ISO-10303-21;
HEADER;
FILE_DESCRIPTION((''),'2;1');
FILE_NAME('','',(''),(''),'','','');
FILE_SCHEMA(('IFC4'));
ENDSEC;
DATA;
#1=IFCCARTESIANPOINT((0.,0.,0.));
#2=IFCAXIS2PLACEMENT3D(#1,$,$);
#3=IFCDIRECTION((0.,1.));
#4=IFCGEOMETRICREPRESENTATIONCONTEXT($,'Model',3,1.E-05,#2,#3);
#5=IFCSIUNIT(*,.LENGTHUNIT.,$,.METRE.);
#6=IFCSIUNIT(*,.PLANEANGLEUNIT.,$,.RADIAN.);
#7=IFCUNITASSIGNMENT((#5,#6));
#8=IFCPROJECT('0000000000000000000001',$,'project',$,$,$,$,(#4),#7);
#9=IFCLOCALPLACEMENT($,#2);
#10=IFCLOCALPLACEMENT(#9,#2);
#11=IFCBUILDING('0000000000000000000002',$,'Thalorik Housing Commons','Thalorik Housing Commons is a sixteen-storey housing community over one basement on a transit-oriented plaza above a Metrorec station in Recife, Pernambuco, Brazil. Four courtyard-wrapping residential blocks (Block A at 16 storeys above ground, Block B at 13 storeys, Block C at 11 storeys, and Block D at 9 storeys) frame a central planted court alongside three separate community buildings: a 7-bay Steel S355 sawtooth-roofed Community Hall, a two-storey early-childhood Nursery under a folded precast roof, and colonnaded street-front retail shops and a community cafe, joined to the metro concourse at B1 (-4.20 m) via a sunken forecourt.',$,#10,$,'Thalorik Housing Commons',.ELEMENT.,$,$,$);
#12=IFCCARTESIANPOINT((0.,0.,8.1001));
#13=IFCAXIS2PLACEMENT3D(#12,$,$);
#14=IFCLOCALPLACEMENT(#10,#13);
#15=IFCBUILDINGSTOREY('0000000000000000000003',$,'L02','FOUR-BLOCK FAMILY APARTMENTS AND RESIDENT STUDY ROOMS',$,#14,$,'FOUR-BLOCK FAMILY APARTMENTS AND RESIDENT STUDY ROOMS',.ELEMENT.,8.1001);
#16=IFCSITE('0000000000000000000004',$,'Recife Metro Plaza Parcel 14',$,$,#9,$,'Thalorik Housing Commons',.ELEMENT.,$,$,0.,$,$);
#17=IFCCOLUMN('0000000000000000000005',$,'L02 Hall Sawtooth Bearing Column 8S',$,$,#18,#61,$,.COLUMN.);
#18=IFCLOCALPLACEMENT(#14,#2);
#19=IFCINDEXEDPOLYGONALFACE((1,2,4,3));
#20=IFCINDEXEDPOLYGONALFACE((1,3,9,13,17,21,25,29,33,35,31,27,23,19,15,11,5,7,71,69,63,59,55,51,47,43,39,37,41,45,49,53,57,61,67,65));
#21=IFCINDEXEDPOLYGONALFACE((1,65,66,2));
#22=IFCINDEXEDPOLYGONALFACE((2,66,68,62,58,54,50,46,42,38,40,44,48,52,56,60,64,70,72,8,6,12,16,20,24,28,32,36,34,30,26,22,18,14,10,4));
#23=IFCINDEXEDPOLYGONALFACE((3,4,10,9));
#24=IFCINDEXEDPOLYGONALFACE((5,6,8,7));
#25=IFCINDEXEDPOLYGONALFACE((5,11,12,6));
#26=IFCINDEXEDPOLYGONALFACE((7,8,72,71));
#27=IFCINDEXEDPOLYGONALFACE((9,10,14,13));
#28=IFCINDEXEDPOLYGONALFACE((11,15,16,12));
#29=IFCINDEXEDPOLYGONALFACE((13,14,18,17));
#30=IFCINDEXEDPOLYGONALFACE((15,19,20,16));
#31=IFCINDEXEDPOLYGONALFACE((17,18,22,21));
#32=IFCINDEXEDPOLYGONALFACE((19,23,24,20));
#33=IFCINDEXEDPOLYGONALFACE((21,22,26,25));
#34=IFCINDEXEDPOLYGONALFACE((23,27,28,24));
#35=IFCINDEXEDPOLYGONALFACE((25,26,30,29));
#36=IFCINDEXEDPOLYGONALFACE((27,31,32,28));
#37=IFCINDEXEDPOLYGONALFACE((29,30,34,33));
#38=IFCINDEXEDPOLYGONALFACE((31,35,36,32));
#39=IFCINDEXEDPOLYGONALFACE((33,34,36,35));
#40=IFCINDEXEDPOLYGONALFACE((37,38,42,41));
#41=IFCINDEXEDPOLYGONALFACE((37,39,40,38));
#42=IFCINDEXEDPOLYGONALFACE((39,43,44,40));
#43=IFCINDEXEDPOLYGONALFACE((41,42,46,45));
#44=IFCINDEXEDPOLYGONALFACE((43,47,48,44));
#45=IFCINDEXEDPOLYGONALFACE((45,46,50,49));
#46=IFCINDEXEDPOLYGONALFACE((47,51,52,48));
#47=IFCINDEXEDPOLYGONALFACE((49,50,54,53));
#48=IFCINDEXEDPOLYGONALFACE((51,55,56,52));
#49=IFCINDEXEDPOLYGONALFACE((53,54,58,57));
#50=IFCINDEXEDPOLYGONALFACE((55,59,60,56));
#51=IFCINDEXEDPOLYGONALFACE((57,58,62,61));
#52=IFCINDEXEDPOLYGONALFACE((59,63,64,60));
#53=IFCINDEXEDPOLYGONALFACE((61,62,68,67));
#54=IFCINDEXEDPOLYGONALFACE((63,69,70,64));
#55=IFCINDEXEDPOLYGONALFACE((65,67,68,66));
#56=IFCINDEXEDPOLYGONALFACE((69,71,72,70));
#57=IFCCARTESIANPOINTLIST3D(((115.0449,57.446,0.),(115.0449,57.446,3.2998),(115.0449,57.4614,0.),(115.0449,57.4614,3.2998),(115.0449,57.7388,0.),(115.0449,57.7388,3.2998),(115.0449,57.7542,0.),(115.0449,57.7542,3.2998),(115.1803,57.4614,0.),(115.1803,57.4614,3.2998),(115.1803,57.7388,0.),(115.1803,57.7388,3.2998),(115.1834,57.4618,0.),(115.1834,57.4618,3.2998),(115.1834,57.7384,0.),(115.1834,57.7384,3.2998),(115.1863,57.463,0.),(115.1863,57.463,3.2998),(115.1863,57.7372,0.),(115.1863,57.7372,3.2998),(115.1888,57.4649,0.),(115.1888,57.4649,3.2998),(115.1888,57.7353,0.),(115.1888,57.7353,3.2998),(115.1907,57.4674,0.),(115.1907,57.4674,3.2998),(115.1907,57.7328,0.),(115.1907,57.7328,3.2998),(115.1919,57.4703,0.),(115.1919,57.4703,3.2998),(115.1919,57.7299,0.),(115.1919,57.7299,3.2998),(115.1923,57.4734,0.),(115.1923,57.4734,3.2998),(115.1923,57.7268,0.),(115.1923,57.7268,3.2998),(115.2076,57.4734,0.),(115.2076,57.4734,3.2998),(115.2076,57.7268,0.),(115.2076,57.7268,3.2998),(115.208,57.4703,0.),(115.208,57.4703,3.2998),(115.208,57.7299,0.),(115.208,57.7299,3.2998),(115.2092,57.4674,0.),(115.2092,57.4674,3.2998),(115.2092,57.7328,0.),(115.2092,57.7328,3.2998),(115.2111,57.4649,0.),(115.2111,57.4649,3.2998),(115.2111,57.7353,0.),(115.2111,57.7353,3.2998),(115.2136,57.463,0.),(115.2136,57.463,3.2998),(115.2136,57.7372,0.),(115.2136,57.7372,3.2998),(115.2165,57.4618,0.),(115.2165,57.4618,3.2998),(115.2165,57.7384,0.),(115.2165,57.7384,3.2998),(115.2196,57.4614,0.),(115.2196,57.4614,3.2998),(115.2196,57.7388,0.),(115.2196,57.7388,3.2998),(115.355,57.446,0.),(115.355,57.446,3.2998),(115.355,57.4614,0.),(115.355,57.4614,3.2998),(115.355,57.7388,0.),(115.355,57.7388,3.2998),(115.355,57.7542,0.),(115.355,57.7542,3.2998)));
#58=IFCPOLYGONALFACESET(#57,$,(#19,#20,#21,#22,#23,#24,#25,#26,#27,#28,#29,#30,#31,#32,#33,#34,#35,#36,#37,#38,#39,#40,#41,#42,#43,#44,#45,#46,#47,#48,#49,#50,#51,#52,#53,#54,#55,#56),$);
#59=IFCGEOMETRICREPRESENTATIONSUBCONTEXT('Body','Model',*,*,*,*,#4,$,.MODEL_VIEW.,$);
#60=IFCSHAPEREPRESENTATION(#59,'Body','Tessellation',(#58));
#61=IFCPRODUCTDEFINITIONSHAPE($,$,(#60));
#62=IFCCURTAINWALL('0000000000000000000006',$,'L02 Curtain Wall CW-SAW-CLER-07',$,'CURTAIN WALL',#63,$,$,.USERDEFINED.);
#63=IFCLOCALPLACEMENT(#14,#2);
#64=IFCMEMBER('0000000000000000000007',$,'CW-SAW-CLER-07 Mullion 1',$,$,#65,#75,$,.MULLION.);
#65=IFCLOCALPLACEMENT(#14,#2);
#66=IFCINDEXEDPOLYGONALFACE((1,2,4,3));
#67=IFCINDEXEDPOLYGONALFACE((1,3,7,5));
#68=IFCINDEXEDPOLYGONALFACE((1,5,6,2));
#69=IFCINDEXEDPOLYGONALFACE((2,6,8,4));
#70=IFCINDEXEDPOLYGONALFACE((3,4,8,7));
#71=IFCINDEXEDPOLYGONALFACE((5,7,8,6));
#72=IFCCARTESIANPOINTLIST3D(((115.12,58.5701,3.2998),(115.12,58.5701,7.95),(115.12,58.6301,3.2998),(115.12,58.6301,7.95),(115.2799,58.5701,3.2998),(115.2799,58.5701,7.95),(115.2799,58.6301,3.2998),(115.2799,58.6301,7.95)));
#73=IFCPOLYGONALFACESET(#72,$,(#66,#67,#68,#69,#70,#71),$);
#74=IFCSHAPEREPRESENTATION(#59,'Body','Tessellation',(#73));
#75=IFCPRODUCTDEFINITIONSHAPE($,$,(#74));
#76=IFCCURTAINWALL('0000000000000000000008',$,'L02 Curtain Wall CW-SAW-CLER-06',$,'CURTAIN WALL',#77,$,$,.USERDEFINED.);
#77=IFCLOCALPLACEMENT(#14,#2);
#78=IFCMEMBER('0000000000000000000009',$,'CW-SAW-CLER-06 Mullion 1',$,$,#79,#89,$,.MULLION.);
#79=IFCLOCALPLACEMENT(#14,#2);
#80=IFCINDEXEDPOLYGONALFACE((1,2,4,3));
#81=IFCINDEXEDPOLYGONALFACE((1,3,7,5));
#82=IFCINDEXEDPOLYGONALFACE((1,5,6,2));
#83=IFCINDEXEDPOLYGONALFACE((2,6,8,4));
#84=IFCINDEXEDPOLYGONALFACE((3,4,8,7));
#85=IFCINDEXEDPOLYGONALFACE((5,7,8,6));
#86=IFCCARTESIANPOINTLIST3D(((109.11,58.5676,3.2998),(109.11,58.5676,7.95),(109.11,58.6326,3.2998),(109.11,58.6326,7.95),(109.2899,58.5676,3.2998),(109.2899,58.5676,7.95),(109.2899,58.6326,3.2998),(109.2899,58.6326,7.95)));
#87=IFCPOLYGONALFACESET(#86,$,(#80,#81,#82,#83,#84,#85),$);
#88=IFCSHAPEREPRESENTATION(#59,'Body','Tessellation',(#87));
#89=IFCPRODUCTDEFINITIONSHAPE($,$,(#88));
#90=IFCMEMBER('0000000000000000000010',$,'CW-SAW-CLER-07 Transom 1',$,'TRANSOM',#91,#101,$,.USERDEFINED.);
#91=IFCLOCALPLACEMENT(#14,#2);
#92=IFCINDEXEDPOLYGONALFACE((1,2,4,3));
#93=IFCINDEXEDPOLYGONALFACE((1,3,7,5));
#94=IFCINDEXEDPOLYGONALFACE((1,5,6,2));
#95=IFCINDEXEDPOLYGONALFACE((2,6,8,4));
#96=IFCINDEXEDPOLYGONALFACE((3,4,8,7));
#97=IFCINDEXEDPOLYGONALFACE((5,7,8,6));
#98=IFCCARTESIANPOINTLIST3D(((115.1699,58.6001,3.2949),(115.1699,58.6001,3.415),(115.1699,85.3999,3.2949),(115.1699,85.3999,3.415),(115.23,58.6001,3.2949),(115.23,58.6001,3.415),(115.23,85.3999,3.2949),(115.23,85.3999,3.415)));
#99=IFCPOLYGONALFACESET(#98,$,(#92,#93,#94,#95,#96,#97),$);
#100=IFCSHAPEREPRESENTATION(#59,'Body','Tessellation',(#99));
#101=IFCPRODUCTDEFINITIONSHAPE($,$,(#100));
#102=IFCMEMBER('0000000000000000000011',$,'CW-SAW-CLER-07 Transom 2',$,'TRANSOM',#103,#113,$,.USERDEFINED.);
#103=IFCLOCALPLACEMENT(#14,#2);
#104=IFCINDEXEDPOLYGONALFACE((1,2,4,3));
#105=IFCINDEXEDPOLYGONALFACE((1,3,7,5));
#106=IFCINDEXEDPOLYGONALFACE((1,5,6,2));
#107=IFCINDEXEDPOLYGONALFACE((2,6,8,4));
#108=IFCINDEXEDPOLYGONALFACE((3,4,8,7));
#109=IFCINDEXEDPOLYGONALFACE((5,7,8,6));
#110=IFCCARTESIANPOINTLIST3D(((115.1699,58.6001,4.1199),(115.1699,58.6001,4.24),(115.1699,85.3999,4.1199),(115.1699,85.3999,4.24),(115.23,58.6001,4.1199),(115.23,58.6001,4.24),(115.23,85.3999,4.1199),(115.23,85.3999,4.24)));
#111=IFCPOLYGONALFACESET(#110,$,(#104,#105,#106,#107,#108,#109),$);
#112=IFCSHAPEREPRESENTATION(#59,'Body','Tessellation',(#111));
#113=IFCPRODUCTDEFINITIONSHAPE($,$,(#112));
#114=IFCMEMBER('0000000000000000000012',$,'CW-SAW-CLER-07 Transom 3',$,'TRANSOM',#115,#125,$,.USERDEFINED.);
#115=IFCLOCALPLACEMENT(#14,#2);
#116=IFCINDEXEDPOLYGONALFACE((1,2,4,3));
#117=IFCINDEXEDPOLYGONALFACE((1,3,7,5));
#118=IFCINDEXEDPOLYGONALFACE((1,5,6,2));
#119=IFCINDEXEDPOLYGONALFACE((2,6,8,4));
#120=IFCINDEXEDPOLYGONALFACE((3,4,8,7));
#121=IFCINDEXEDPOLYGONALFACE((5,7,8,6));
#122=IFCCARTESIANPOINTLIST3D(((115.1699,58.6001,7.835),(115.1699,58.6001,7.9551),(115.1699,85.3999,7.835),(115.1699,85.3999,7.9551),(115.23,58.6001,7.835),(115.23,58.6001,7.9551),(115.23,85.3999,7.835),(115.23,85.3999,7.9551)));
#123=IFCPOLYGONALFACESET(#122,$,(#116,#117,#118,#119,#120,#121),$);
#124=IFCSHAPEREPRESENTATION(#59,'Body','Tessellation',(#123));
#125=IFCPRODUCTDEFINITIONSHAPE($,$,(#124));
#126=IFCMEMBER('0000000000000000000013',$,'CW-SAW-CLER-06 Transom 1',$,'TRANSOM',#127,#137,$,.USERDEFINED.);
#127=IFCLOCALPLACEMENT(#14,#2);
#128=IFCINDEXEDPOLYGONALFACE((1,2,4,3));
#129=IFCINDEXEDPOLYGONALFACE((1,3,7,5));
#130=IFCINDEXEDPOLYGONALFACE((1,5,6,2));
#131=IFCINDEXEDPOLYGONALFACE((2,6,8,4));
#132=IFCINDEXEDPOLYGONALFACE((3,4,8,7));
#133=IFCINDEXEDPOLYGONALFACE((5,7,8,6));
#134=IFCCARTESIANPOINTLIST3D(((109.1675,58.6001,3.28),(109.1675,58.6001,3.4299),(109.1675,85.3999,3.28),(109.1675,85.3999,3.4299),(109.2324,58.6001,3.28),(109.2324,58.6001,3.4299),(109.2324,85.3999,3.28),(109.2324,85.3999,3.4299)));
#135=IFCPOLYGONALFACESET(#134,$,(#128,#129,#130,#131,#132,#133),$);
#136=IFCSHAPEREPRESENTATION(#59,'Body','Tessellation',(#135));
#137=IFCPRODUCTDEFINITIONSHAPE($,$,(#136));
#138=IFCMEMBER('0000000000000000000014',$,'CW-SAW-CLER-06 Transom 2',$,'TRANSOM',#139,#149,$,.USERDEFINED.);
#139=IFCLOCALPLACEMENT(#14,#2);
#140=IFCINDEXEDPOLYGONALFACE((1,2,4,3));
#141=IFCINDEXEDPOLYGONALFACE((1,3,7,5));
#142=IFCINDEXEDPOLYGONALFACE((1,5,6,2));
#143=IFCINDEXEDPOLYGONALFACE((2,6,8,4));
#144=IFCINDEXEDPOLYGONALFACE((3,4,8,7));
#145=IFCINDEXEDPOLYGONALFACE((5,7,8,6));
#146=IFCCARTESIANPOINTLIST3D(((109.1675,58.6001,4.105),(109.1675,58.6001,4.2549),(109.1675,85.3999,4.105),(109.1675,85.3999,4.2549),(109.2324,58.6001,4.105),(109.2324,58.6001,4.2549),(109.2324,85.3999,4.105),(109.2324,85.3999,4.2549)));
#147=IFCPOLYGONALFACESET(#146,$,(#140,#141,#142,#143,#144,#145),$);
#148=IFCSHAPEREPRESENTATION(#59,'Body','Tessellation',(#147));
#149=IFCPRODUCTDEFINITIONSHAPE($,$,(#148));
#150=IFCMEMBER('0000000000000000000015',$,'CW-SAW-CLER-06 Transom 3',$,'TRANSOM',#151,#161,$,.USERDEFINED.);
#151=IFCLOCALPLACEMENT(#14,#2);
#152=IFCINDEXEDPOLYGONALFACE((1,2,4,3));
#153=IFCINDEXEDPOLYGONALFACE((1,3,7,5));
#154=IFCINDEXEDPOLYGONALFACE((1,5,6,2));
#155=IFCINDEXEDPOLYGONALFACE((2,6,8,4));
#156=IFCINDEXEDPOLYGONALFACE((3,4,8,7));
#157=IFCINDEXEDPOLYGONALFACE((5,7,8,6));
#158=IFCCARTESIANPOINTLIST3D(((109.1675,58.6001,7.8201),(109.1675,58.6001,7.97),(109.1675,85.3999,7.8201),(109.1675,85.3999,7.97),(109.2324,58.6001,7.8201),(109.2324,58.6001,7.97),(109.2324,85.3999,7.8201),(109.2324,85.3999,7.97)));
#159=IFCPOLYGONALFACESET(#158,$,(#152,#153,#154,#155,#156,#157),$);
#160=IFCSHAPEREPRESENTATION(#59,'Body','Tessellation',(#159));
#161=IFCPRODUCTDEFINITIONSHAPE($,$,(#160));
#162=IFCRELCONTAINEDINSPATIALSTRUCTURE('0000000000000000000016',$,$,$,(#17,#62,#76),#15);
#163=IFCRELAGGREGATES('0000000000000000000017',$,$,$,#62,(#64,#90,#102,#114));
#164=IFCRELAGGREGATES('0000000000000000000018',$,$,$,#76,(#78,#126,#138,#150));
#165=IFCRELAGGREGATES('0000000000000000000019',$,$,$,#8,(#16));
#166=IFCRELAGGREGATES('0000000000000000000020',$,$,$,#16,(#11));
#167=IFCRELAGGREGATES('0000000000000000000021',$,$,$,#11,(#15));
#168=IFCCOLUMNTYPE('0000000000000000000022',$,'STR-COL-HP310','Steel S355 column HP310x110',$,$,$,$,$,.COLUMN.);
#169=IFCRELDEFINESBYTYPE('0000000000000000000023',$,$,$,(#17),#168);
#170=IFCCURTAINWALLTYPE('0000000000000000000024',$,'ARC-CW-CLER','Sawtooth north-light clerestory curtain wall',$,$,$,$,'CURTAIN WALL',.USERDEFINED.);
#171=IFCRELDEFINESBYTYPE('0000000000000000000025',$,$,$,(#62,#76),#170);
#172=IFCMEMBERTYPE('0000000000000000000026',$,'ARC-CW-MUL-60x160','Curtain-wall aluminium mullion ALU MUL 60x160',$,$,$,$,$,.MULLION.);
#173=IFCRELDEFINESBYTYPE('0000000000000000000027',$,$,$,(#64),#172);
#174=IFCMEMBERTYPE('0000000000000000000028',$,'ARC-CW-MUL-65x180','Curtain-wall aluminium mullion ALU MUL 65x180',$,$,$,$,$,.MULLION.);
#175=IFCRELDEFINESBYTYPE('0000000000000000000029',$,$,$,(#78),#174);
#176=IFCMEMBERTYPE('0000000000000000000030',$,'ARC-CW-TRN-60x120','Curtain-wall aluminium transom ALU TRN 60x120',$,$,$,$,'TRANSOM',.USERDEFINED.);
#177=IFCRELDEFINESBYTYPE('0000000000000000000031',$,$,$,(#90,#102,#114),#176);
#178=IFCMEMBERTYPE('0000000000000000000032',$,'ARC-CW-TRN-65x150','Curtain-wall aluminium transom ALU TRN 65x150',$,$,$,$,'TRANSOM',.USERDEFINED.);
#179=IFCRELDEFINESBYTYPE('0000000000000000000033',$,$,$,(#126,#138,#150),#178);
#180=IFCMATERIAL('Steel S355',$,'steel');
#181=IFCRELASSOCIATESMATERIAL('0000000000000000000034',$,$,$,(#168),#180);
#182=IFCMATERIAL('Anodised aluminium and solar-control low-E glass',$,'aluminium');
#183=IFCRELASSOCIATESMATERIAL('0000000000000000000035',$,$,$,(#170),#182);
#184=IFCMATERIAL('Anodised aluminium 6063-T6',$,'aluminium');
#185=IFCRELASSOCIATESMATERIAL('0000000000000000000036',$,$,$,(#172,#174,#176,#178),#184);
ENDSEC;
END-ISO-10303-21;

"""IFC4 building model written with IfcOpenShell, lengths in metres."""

from ifc_helpers import new_model, si_unit, direction, frame, origin, origin_2d, place, context, subcontext, project, spatial, rectangle, i_section, extrude, material, material_profile, profile_set, type_object, element, aggregate, save


model = new_model("IFC4")

# Units and contexts
model_context = context("Model", 3, precision=1e-05, world=origin(), true_north=direction((0.0, 1.0)))
body_context = subcontext(model_context, "Body", "Model", "MODEL_VIEW")
ifc_project = project(units=[si_unit("LENGTHUNIT", "METRE"), si_unit("PLANEANGLEUNIT", "RADIAN")], contexts=[model_context])

# Site, building, storey
site_placement = place(None, origin())
site = spatial("IfcSite", under=ifc_project, at=site_placement, Name="Recife Metro Plaza Parcel 14", LongName="Thalorik Housing Commons", CompositionType="ELEMENT", RefElevation=0.0)
building_placement = place(site_placement, origin())
building = spatial("IfcBuilding", under=site, at=building_placement, Name="Thalorik Housing Commons", Description="Thalorik Housing Commons is a sixteen-storey housing community over one basement on a transit-oriented plaza above a Metrorec station in Recife, Pernambuco, Brazil. Four courtyard-wrapping residential blocks (Block A at 16 storeys above ground, Block B at 13 storeys, Block C at 11 storeys, and Block D at 9 storeys) frame a central planted court alongside three separate community buildings: a 7-bay Steel S355 sawtooth-roofed Community Hall, a two-storey early-childhood Nursery under a folded precast roof, and colonnaded street-front retail shops and a community cafe, joined to the metro concourse at B1 (-4.20 m) via a sunken forecourt.", LongName="Thalorik Housing Commons", CompositionType="ELEMENT")
storey_placement = place(building_placement, frame((0.0, 0.0, 8.1001)))
storey = spatial("IfcBuildingStorey", under=building, at=storey_placement, Name="L02", Description="FOUR-BLOCK FAMILY APARTMENTS AND RESIDENT STUDY ROOMS", LongName="FOUR-BLOCK FAMILY APARTMENTS AND RESIDENT STUDY ROOMS", CompositionType="ELEMENT", Elevation=8.1001)

# Column
ifc_material_1 = material(Name="Steel S355", Category="steel")
ifc_material_profile_1 = material_profile(ifc_material_1, i_section(OverallWidth=0.3101, OverallDepth=0.3081, WebThickness=0.0154, FlangeThickness=0.0154, FilletRadius=0.012, at=origin_2d()), Name="HP310x110", Category="steel")
ifc_profile_set_1 = profile_set([ifc_material_profile_1], Name="Steel S355")
column_type = type_object("IfcColumnType", Name="STR-COL-HP310", Description="Steel S355 column HP310x110", PredefinedType="COLUMN", material=ifc_profile_set_1)
column_placement = place(storey_placement, frame((115.2, 57.6001, 0.0), z_axis=(0.0, 0.0, 1.0), x_axis=(1.0, 0.0, 0.0)))
element("IfcColumn", 1, at=column_placement, inside=storey, type_object=column_type, Name="L02 Hall Sawtooth Bearing Column 8S", PredefinedType="COLUMN", context=body_context, shape_type="SweptSolid", body=[
    extrude(i_section(OverallWidth=0.3101, OverallDepth=0.3081, WebThickness=0.0154, FlangeThickness=0.0154, FilletRadius=0.012, at=origin_2d()), origin(), (0.0, 0.0, 1.0), 3.2998),
])

# Curtain walls, members
ifc_material_2 = material(Name="Anodised aluminium and solar-control low-E glass", Category="aluminium")
curtain_wall_type = type_object("IfcCurtainWallType", Name="ARC-CW-CLER", Description="Sawtooth north-light clerestory curtain wall", ElementType="CURTAIN WALL", PredefinedType="USERDEFINED", material=ifc_material_2)
curtain_wall_1_placement = place(storey_placement, origin())
curtain_wall_1 = element("IfcCurtainWall", 2, at=curtain_wall_1_placement, inside=storey, type_object=curtain_wall_type, Name="L02 Curtain Wall CW-SAW-CLER-07", ObjectType="CURTAIN WALL", PredefinedType="USERDEFINED")
ifc_material_3 = material(Name="Anodised aluminium 6063-T6", Category="aluminium")
ifc_material_profile_2 = material_profile(ifc_material_3, rectangle(XDim=0.0601, YDim=0.1599, at=origin_2d()), Name="ALU MUL 60x160", Category="aluminium")
ifc_profile_set_2 = profile_set([ifc_material_profile_2], Name="Anodised aluminium 6063-T6")
member_type_1 = type_object("IfcMemberType", Name="ARC-CW-MUL-60x160", Description="Curtain-wall aluminium mullion ALU MUL 60x160", PredefinedType="MULLION", material=ifc_profile_set_2)
member_1_placement = place(storey_placement, frame((115.2, 58.6001, 3.2998), z_axis=(0.0, 0.0, 1.0), x_axis=(0.0, 1.0, 0.0)))
member_1 = element("IfcMember", 3, at=member_1_placement, type_object=member_type_1, Name="CW-SAW-CLER-07 Mullion 1", PredefinedType="MULLION", context=body_context, shape_type="SweptSolid", body=[
    extrude(rectangle(XDim=0.0601, YDim=0.1599, at=origin_2d()), origin(), (0.0, 0.0, 1.0), 4.6501),
])
curtain_wall_2_placement = place(storey_placement, origin())
curtain_wall_2 = element("IfcCurtainWall", 4, at=curtain_wall_2_placement, inside=storey, type_object=curtain_wall_type, Name="L02 Curtain Wall CW-SAW-CLER-06", ObjectType="CURTAIN WALL", PredefinedType="USERDEFINED")
ifc_material_profile_3 = material_profile(ifc_material_3, rectangle(XDim=0.0649, YDim=0.1799, at=origin_2d()), Name="ALU MUL 65x180", Category="aluminium")
ifc_profile_set_3 = profile_set([ifc_material_profile_3], Name="Anodised aluminium 6063-T6")
member_type_2 = type_object("IfcMemberType", Name="ARC-CW-MUL-65x180", Description="Curtain-wall aluminium mullion ALU MUL 65x180", PredefinedType="MULLION", material=ifc_profile_set_3)
member_2_placement = place(storey_placement, frame((109.2, 58.6001, 3.2998), z_axis=(0.0, 0.0, 1.0), x_axis=(0.0, 1.0, 0.0)))
member_2 = element("IfcMember", 5, at=member_2_placement, type_object=member_type_2, Name="CW-SAW-CLER-06 Mullion 1", PredefinedType="MULLION", context=body_context, shape_type="SweptSolid", body=[
    extrude(rectangle(XDim=0.0649, YDim=0.1799, at=origin_2d()), origin(), (0.0, 0.0, 1.0), 4.6501),
])

# Members
ifc_material_profile_4 = material_profile(ifc_material_3, rectangle(XDim=0.0601, YDim=0.1201, at=origin_2d()), Name="ALU TRN 60x120", Category="aluminium")
ifc_profile_set_4 = profile_set([ifc_material_profile_4], Name="Anodised aluminium 6063-T6")
member_type_3 = type_object("IfcMemberType", Name="ARC-CW-TRN-60x120", Description="Curtain-wall aluminium transom ALU TRN 60x120", ElementType="TRANSOM", PredefinedType="USERDEFINED", material=ifc_profile_set_4)
member_3_placement = place(storey_placement, frame((115.2, 58.6001, 3.355), z_axis=(0.0, 1.0, 0.0), x_axis=(-1.0, 0.0, 0.0)))
member_3 = element("IfcMember", 6, at=member_3_placement, type_object=member_type_3, Name="CW-SAW-CLER-07 Transom 1", ObjectType="TRANSOM", PredefinedType="USERDEFINED", context=body_context, shape_type="SweptSolid", body=[
    extrude(rectangle(XDim=0.0601, YDim=0.1201, at=origin_2d()), origin(), (0.0, 0.0, 1.0), 26.7998),
])
member_4_placement = place(storey_placement, frame((115.2, 58.6001, 4.1799), z_axis=(0.0, 1.0, 0.0), x_axis=(-1.0, 0.0, 0.0)))
member_4 = element("IfcMember", 7, at=member_4_placement, type_object=member_type_3, Name="CW-SAW-CLER-07 Transom 2", ObjectType="TRANSOM", PredefinedType="USERDEFINED", context=body_context, shape_type="SweptSolid", body=[
    extrude(rectangle(XDim=0.0601, YDim=0.1201, at=origin_2d()), origin(), (0.0, 0.0, 1.0), 26.7998),
])
member_5_placement = place(storey_placement, frame((115.2, 58.6001, 7.895), z_axis=(0.0, 1.0, 0.0), x_axis=(-1.0, 0.0, 0.0)))
member_5 = element("IfcMember", 8, at=member_5_placement, type_object=member_type_3, Name="CW-SAW-CLER-07 Transom 3", ObjectType="TRANSOM", PredefinedType="USERDEFINED", context=body_context, shape_type="SweptSolid", body=[
    extrude(rectangle(XDim=0.0601, YDim=0.1201, at=origin_2d()), origin(), (0.0, 0.0, 1.0), 26.7998),
])
aggregate(curtain_wall_1, [member_1, member_3, member_4, member_5])
ifc_material_profile_5 = material_profile(ifc_material_3, rectangle(XDim=0.0649, YDim=0.1499, at=origin_2d()), Name="ALU TRN 65x150", Category="aluminium")
ifc_profile_set_5 = profile_set([ifc_material_profile_5], Name="Anodised aluminium 6063-T6")
member_type_4 = type_object("IfcMemberType", Name="ARC-CW-TRN-65x150", Description="Curtain-wall aluminium transom ALU TRN 65x150", ElementType="TRANSOM", PredefinedType="USERDEFINED", material=ifc_profile_set_5)
member_6_placement = place(storey_placement, frame((109.2, 58.6001, 3.355), z_axis=(0.0, 1.0, 0.0), x_axis=(-1.0, 0.0, 0.0)))
member_6 = element("IfcMember", 9, at=member_6_placement, type_object=member_type_4, Name="CW-SAW-CLER-06 Transom 1", ObjectType="TRANSOM", PredefinedType="USERDEFINED", context=body_context, shape_type="SweptSolid", body=[
    extrude(rectangle(XDim=0.0649, YDim=0.1499, at=origin_2d()), origin(), (0.0, 0.0, 1.0), 26.7998),
])
member_7_placement = place(storey_placement, frame((109.2, 58.6001, 4.1799), z_axis=(0.0, 1.0, 0.0), x_axis=(-1.0, 0.0, 0.0)))
member_7 = element("IfcMember", 10, at=member_7_placement, type_object=member_type_4, Name="CW-SAW-CLER-06 Transom 2", ObjectType="TRANSOM", PredefinedType="USERDEFINED", context=body_context, shape_type="SweptSolid", body=[
    extrude(rectangle(XDim=0.0649, YDim=0.1499, at=origin_2d()), origin(), (0.0, 0.0, 1.0), 26.7998),
])
member_8_placement = place(storey_placement, frame((109.2, 58.6001, 7.895), z_axis=(0.0, 1.0, 0.0), x_axis=(-1.0, 0.0, 0.0)))
member_8 = element("IfcMember", 11, at=member_8_placement, type_object=member_type_4, Name="CW-SAW-CLER-06 Transom 3", ObjectType="TRANSOM", PredefinedType="USERDEFINED", context=body_context, shape_type="SweptSolid", body=[
    extrude(rectangle(XDim=0.0649, YDim=0.1499, at=origin_2d()), origin(), (0.0, 0.0, 1.0), 26.7998),
])
aggregate(curtain_wall_2, [member_2, member_6, member_7, member_8])

save(model, "model.ifc")
